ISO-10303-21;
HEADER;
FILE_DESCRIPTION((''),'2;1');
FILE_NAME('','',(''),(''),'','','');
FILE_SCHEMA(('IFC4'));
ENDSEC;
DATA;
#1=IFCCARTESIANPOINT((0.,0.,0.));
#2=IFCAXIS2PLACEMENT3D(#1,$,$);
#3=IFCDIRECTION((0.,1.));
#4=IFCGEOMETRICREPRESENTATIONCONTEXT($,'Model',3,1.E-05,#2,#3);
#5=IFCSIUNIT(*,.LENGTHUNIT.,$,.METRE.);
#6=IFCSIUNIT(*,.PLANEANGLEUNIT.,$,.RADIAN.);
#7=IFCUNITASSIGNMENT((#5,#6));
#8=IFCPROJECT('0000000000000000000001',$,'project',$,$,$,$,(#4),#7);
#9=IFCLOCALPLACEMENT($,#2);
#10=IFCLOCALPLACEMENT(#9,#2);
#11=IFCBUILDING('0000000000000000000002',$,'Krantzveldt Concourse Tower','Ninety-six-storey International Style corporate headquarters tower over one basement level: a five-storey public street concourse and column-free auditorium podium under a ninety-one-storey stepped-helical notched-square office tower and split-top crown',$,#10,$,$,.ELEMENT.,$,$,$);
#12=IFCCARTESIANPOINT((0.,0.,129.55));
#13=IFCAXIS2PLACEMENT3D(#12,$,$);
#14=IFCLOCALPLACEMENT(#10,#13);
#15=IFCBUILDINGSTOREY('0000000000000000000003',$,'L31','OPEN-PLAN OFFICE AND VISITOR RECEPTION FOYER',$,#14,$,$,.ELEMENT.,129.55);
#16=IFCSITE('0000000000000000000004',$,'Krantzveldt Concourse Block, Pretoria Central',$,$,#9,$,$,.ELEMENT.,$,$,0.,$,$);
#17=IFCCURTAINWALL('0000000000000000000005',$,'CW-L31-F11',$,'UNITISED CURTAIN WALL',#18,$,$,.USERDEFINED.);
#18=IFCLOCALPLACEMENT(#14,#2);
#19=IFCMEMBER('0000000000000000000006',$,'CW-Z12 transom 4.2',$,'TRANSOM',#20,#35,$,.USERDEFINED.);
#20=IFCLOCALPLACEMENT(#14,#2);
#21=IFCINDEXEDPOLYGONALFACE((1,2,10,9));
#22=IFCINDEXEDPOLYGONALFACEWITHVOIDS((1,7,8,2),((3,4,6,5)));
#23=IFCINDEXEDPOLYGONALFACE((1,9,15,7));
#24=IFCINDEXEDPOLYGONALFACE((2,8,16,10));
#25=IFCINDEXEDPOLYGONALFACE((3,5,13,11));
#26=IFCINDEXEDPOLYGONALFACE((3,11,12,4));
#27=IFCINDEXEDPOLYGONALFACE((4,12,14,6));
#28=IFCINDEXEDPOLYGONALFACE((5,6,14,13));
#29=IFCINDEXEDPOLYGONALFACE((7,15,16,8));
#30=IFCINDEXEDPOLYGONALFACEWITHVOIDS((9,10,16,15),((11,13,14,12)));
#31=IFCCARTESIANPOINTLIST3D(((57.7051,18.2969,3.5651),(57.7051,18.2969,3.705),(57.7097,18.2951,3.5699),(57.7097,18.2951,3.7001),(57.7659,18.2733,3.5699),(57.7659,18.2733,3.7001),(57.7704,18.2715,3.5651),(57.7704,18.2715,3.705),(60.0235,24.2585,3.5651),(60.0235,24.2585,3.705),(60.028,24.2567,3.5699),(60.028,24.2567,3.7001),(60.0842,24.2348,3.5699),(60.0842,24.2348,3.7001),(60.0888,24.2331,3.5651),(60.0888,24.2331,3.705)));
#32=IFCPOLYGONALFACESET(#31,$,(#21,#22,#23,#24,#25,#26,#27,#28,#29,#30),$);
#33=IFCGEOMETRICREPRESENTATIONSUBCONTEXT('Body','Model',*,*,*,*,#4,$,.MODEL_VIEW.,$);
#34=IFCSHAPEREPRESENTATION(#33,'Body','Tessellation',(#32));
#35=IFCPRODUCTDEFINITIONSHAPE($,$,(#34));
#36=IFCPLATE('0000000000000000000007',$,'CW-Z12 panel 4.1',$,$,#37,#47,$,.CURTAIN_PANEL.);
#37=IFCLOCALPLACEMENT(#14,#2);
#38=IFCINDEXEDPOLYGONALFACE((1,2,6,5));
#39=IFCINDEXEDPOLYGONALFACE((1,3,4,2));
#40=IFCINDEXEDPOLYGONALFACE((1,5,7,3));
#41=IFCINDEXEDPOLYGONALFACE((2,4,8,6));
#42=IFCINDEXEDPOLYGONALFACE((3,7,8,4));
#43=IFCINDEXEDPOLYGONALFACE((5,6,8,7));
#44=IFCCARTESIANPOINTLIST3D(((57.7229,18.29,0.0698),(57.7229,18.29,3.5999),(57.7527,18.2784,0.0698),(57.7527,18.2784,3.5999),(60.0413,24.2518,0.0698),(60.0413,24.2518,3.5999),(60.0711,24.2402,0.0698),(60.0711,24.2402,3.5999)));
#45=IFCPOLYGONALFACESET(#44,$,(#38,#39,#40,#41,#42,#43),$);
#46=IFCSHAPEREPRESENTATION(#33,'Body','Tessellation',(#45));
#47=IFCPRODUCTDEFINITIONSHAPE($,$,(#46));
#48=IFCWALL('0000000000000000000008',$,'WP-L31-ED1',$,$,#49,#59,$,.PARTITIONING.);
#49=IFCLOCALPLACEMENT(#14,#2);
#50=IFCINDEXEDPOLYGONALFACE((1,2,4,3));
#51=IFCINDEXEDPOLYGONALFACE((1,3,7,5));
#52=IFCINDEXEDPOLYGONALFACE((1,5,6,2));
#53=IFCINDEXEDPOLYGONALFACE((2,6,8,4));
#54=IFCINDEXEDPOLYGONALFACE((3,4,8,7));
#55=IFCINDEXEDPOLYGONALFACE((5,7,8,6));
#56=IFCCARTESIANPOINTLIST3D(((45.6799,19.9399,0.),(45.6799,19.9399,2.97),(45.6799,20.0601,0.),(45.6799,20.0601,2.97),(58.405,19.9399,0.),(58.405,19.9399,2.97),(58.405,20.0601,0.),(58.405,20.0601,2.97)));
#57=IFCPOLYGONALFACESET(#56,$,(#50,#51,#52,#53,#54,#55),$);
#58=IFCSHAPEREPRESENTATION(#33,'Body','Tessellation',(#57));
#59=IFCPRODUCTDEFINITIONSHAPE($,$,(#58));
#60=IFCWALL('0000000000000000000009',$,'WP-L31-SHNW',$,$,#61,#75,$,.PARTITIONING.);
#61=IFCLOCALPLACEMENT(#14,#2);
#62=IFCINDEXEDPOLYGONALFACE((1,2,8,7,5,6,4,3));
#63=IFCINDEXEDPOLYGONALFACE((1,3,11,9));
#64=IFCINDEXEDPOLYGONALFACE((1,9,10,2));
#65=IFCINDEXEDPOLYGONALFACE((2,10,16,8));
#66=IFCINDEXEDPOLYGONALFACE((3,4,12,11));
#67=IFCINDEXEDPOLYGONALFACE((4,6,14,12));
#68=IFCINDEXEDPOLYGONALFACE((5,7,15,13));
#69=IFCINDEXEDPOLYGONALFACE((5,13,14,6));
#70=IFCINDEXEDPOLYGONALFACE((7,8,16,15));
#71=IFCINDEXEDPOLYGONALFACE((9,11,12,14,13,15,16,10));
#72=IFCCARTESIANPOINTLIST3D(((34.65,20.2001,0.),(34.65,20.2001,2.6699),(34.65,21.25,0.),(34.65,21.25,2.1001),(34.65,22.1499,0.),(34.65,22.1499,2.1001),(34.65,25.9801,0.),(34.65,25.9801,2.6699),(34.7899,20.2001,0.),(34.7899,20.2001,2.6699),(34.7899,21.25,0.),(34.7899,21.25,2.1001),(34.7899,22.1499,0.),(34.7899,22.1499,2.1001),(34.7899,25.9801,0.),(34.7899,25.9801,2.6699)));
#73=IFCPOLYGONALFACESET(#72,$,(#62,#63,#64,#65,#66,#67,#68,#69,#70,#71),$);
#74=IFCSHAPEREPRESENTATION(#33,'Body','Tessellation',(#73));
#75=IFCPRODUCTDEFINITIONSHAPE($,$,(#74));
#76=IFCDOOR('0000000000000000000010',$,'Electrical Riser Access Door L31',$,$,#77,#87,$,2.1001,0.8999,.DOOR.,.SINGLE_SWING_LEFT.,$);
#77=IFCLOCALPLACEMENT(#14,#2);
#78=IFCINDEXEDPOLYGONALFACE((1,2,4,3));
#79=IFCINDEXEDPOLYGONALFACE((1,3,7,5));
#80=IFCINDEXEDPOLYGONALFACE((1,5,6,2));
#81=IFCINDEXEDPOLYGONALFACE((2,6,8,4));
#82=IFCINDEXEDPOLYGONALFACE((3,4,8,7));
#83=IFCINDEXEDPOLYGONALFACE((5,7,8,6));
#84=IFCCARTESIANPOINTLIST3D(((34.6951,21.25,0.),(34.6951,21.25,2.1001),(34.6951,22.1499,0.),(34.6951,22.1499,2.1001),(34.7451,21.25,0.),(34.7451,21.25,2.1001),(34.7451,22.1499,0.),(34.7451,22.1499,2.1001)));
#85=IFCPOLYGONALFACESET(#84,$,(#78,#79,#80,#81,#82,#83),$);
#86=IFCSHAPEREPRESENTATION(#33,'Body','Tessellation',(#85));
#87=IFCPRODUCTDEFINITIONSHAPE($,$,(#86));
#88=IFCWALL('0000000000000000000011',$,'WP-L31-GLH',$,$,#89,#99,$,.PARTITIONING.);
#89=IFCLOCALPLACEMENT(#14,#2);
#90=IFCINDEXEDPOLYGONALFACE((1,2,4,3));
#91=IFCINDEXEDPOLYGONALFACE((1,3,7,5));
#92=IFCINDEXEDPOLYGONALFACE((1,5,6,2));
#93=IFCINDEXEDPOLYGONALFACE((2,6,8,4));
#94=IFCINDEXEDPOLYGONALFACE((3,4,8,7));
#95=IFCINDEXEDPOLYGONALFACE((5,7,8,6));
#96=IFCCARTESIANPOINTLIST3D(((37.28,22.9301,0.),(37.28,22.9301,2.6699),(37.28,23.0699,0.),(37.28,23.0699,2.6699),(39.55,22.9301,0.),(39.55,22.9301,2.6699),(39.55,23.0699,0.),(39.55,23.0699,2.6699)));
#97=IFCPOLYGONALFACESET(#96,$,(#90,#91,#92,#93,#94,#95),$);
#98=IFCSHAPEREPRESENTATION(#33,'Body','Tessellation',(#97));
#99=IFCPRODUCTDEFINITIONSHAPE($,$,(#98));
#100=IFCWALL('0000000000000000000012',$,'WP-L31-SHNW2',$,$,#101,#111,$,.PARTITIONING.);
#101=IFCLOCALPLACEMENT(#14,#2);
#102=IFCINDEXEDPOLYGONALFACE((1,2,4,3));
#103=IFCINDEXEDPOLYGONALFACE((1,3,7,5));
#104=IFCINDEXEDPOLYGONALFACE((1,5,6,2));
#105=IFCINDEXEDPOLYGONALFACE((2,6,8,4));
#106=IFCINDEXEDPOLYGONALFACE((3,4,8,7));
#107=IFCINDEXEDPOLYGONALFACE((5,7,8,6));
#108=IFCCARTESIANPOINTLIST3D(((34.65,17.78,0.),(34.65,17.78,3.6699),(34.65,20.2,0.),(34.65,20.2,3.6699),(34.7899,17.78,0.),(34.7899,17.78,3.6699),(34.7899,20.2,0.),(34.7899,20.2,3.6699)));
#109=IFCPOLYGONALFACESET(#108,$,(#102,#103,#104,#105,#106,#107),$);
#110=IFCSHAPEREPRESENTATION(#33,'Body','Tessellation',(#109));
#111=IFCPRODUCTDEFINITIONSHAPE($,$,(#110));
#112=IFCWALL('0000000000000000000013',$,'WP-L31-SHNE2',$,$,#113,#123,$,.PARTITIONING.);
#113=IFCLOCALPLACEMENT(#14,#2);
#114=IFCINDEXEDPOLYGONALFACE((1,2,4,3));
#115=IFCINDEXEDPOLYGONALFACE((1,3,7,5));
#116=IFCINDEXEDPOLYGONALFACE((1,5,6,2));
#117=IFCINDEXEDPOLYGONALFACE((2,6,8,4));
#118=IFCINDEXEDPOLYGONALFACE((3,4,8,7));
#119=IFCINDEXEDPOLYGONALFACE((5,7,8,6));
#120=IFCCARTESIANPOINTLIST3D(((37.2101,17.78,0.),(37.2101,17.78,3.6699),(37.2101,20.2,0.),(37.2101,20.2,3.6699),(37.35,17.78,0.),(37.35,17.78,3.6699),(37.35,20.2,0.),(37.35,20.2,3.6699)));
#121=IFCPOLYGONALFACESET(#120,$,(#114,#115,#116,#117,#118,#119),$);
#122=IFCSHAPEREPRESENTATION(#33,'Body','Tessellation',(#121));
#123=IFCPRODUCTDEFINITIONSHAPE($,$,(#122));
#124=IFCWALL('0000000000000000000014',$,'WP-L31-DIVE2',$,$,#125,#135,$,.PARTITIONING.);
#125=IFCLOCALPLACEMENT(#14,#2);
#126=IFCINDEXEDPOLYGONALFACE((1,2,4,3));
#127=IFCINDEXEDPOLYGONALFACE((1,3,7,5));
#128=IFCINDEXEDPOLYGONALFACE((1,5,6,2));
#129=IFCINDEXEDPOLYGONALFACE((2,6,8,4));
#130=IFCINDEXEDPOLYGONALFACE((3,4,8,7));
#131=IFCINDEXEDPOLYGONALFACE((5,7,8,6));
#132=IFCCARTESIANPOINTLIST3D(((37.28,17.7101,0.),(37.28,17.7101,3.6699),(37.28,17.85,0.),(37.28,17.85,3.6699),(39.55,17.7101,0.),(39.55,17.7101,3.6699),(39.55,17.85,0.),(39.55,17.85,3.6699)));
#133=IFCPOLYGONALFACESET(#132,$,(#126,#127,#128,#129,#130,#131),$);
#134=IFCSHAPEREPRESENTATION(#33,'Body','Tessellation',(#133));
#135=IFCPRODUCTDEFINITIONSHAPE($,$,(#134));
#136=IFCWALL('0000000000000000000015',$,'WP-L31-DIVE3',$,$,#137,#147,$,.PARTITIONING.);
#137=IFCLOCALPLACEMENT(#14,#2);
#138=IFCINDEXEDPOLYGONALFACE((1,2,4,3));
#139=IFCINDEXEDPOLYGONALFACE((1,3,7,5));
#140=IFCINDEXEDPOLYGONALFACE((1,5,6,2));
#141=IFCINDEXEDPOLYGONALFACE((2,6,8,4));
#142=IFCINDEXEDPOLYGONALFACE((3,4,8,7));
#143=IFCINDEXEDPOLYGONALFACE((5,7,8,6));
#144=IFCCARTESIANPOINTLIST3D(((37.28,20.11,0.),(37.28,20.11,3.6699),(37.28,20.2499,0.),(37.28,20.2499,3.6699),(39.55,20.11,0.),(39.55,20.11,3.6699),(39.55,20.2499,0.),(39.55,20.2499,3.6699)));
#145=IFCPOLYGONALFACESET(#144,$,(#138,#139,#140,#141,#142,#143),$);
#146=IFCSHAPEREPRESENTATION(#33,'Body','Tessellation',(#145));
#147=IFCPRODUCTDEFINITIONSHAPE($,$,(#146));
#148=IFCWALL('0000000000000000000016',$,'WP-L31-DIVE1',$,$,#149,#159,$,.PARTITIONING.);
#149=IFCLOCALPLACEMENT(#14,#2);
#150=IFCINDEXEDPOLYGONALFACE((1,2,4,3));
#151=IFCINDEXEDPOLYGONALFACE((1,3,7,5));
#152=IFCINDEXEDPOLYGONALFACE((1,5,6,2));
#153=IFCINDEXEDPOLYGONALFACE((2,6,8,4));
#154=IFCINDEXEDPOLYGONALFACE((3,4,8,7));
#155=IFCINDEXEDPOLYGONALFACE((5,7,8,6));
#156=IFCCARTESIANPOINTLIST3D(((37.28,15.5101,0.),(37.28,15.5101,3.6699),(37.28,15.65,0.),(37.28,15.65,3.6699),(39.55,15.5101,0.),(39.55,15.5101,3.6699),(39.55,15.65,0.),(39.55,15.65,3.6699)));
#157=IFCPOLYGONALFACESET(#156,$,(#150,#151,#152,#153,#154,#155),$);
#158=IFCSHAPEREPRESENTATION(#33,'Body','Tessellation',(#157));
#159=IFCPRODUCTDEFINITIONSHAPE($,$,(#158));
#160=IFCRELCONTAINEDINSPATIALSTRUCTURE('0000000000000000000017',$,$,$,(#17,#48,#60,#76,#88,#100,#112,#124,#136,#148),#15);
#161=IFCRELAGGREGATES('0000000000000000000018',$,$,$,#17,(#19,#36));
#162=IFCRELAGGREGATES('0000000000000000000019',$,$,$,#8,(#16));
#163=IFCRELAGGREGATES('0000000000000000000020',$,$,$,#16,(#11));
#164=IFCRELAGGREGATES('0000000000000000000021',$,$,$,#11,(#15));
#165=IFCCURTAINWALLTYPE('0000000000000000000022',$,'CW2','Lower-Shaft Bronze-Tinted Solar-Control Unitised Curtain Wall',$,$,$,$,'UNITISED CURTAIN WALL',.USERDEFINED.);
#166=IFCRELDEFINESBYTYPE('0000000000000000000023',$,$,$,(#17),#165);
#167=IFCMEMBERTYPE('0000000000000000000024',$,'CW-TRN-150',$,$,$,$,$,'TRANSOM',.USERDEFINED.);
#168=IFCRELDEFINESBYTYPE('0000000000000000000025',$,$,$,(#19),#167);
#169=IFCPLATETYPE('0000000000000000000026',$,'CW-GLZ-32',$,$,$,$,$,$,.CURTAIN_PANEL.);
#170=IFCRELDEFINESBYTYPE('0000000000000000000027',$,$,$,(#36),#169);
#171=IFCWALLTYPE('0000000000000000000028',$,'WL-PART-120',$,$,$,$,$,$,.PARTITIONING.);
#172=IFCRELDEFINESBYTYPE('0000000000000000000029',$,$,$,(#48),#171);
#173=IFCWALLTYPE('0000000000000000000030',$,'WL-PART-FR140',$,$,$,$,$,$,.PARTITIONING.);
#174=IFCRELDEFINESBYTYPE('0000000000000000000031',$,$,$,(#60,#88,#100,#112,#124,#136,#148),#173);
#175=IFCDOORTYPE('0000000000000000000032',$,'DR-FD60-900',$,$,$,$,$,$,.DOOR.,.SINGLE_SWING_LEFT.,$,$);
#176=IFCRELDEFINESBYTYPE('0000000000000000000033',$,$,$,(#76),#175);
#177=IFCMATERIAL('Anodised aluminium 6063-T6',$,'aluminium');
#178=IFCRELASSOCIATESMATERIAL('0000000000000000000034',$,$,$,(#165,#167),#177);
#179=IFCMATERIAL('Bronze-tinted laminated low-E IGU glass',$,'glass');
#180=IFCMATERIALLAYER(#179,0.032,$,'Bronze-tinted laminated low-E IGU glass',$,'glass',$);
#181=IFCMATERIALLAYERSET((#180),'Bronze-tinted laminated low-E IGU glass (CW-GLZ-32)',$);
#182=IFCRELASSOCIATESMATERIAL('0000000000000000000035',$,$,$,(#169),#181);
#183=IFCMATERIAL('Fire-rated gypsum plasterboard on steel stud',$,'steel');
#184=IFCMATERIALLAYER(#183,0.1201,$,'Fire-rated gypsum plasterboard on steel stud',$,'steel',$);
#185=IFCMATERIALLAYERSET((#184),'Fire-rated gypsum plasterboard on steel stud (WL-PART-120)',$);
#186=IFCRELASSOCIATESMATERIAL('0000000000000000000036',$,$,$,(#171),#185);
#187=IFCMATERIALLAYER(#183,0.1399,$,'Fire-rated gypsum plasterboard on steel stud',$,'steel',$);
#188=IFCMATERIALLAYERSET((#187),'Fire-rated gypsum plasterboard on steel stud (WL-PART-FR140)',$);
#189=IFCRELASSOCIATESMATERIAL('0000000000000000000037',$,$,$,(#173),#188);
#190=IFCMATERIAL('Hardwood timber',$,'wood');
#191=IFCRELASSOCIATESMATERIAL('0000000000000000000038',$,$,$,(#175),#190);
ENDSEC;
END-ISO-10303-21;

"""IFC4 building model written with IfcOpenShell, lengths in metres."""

from ifc_helpers import new_model, si_unit, direction, frame, frame_2d, origin, origin_2d, place, context, subcontext, project, spatial, rectangle, hollow_rectangle, extrude, source, transform, mapped, material, layer, layer_set, material_profile, profile_set, type_object, type_shapes, element, fill, aggregate, save


model = new_model("IFC4")

# Units and contexts
model_context = context("Model", 3, precision=1e-05, world=origin(), true_north=direction((0.0, 1.0)))
body_context = subcontext(model_context, "Body", "Model", "MODEL_VIEW")
ifc_project = project(units=[si_unit("LENGTHUNIT", "METRE"), si_unit("PLANEANGLEUNIT", "RADIAN")], contexts=[model_context])

# Site, building, storey
site_placement = place(None, origin())
site = spatial("IfcSite", under=ifc_project, at=site_placement, Name="Krantzveldt Concourse Block, Pretoria Central", CompositionType="ELEMENT", RefElevation=0.0)
building_placement = place(site_placement, origin())
building = spatial("IfcBuilding", under=site, at=building_placement, Name="Krantzveldt Concourse Tower", Description="Ninety-six-storey International Style corporate headquarters tower over one basement level: a five-storey public street concourse and column-free auditorium podium under a ninety-one-storey stepped-helical notched-square office tower and split-top crown", CompositionType="ELEMENT")
storey_placement = place(building_placement, frame((0.0, 0.0, 129.55)))
storey = spatial("IfcBuildingStorey", under=building, at=storey_placement, Name="L31", Description="OPEN-PLAN OFFICE AND VISITOR RECEPTION FOYER", CompositionType="ELEMENT", Elevation=129.55)

# Curtain wall, member, plate
ifc_material_1 = material(Name="Anodised aluminium 6063-T6", Category="aluminium")
curtain_wall_type = type_object("IfcCurtainWallType", Name="CW2", Description="Lower-Shaft Bronze-Tinted Solar-Control Unitised Curtain Wall", ElementType="UNITISED CURTAIN WALL", PredefinedType="USERDEFINED", material=ifc_material_1)
curtain_wall_placement = place(storey_placement, origin())
curtain_wall = element("IfcCurtainWall", 1, at=curtain_wall_placement, inside=storey, type_object=curtain_wall_type, Name="CW-L31-F11", ObjectType="UNITISED CURTAIN WALL", PredefinedType="USERDEFINED")
ifc_material_profile_1 = material_profile(ifc_material_1, hollow_rectangle(XDim=0.0701, YDim=0.1399, WallThickness=0.0049, at=origin_2d()), Name="Anodised aluminium 6063-T6", Category="aluminium")
ifc_profile_set_1 = profile_set([ifc_material_profile_1], Name="Anodised aluminium 6063-T6 - ALU-TRAN 140x70x5")
member_type_1 = type_object("IfcMemberType", Name="CW-TRN-150", ElementType="TRANSOM", PredefinedType="USERDEFINED", material=ifc_profile_set_1)
shared_shape_1 = source(origin(), body_context, "Body", "SweptSolid", [
    extrude(hollow_rectangle(XDim=0.0701, YDim=0.1399, WallThickness=0.0049, at=origin_2d()), origin(), (0.0, 0.0, 1.0), 6.3965),
])
type_shapes(member_type_1, [shared_shape_1])
member_1_placement = place(storey_placement, frame((57.7378, 18.2842, 3.635), z_axis=(0.362437, 0.932008, 0.0), x_axis=(-0.932008, 0.362437, 0.0)))
member_1 = element("IfcMember", 2, at=member_1_placement, type_object=member_type_1, Name="CW-Z12 transom 4.2", ObjectType="TRANSOM", PredefinedType="USERDEFINED", context=body_context, shape_type="MappedRepresentation", body=[
    mapped(shared_shape_1, transform((0.0, 0.0, 0.0), x_axis=(1.0, 0.0, 0.0), y_axis=(0.0, 1.0, 0.0), z_axis=(0.0, 0.0, 1.0), scale=1.0)),
])
ifc_material_2 = material(Name="Bronze-tinted laminated low-E IGU glass", Category="glass")
ifc_layer_1 = layer(ifc_material_2, 0.032, Name="Bronze-tinted laminated low-E IGU glass", Category="glass")
ifc_layer_set_1 = layer_set([ifc_layer_1], Name="Bronze-tinted laminated low-E IGU glass (CW-GLZ-32)")
plate_type = type_object("IfcPlateType", Name="CW-GLZ-32", PredefinedType="CURTAIN_PANEL", material=ifc_layer_set_1)
shared_shape_2 = source(origin(), body_context, "Body", "SweptSolid", [
    extrude(rectangle(XDim=6.3967, YDim=0.032, at=origin_2d()), origin(), (0.0, 0.0, 1.0), 3.53),
])
type_shapes(plate_type, [shared_shape_2])
plate_placement = place(storey_placement, frame((58.897, 21.2651, 0.0698), z_axis=(0.0, 0.0, 1.0), x_axis=(0.362438, 0.932008, 0.0)))
plate = element("IfcPlate", 3, at=plate_placement, type_object=plate_type, Name="CW-Z12 panel 4.1", PredefinedType="CURTAIN_PANEL", context=body_context, shape_type="MappedRepresentation", body=[
    mapped(shared_shape_2, transform((0.0, 0.0, 0.0), x_axis=(1.0, 0.0, 0.0), y_axis=(0.0, 1.0, 0.0), z_axis=(0.0, 0.0, 1.0), scale=1.0)),
])
aggregate(curtain_wall, [member_1, plate])

# Wall
ifc_material_3 = material(Name="Fire-rated gypsum plasterboard on steel stud", Category="steel")
ifc_layer_2 = layer(ifc_material_3, 0.1201, Name="Fire-rated gypsum plasterboard on steel stud", Category="steel")
ifc_layer_set_2 = layer_set([ifc_layer_2], Name="Fire-rated gypsum plasterboard on steel stud (WL-PART-120)")
wall_type_1 = type_object("IfcWallType", Name="WL-PART-120", PredefinedType="PARTITIONING", material=ifc_layer_set_2)
wall_1_placement = place(storey_placement, frame((45.6799, 20.0, 0.0), z_axis=(0.0, 0.0, 1.0), x_axis=(1.0, 0.0, 0.0)))
element("IfcWall", 4, at=wall_1_placement, inside=storey, type_object=wall_type_1, Name="WP-L31-ED1", PredefinedType="PARTITIONING", context=body_context, shape_type="SweptSolid", body=[
    extrude(rectangle(XDim=12.7251, YDim=0.1201, at=frame_2d((6.3625, 0.0))), origin(), (0.0, 0.0, 1.0), 2.97),
])

# Wall, opening, door
ifc_layer_3 = layer(ifc_material_3, 0.1399, Name="Fire-rated gypsum plasterboard on steel stud", Category="steel")
ifc_layer_set_3 = layer_set([ifc_layer_3], Name="Fire-rated gypsum plasterboard on steel stud (WL-PART-FR140)")
wall_type_2 = type_object("IfcWallType", Name="WL-PART-FR140", PredefinedType="PARTITIONING", material=ifc_layer_set_3)
wall_2_placement = place(storey_placement, frame((34.72, 20.2, 0.0), z_axis=(0.0, 0.0, 1.0), x_axis=(0.0, 1.0, 0.0)))
wall_2 = element("IfcWall", 5, at=wall_2_placement, inside=storey, type_object=wall_type_2, Name="WP-L31-SHNW", PredefinedType="PARTITIONING", context=body_context, shape_type="SweptSolid", body=[
    extrude(rectangle(XDim=5.78, YDim=0.1399, at=frame_2d((2.8901, 0.0))), origin(), (0.0, 0.0, 1.0), 2.6699),
])
opening_1_placement = place(wall_2_placement, frame((1.05, 0.0, 0.0)))
opening_1 = element("IfcOpeningElement", 6, at=opening_1_placement, cuts=wall_2, PredefinedType="OPENING", context=body_context, shape_type="SweptSolid", body=[
    extrude(rectangle(XDim=0.8999, YDim=2.1001, at=frame_2d((0.45, 1.05))), frame((0.0, 0.0801, 0.0), z_axis=(0.0, -1.0, 0.0), x_axis=(1.0, 0.0, 0.0)), (0.0, 0.0, 1.0), 0.1599),
])
ifc_material_4 = material(Name="Hardwood timber", Category="wood")
door_type_1 = type_object("IfcDoorType", Name="DR-FD60-900", OperationType="SINGLE_SWING_LEFT", PredefinedType="DOOR", material=ifc_material_4)
door_1_placement = place(opening_1_placement, origin())
door_1 = element("IfcDoor", 7, at=door_1_placement, inside=storey, type_object=door_type_1, Name="Electrical Riser Access Door L31", OperationType="SINGLE_SWING_LEFT", OverallHeight=2.1001, OverallWidth=0.8999, PredefinedType="DOOR", context=body_context, shape_type="SweptSolid", body=[
    extrude(rectangle(XDim=0.8999, YDim=2.1001, at=frame_2d((0.45, 1.05))), frame((0.0, 0.0249, 0.0), z_axis=(0.0, -1.0, 0.0), x_axis=(1.0, 0.0, 0.0)), (0.0, 0.0, 1.0), 0.05),
])
fill(opening_1, door_1)

# Walls
wall_3_placement = place(storey_placement, frame((37.28, 23.0, 0.0), z_axis=(0.0, 0.0, 1.0), x_axis=(1.0, 0.0, 0.0)))
element("IfcWall", 8, at=wall_3_placement, inside=storey, type_object=wall_type_2, Name="WP-L31-GLH", PredefinedType="PARTITIONING", context=body_context, shape_type="SweptSolid", body=[
    extrude(rectangle(XDim=2.27, YDim=0.1399, at=frame_2d((1.135, 0.0))), origin(), (0.0, 0.0, 1.0), 2.6699),
])
for number, where, z_axis, x_axis, name in (
    (9, (34.72, 17.78, 0.0), (0.0, 0.0, 1.0), (0.0, 1.0, 0.0), "WP-L31-SHNW2"),
    (10, (37.28, 17.78, 0.0), (0.0, 0.0, 1.0), (0.0, 1.0, 0.0), "WP-L31-SHNE2"),
):
    element("IfcWall", number, at=place(storey_placement, frame(where, z_axis=z_axis, x_axis=x_axis)), inside=storey, type_object=wall_type_2, Name=name, PredefinedType="PARTITIONING", context=body_context, shape_type="SweptSolid", body=[
        extrude(rectangle(XDim=2.4199, YDim=0.1399, at=frame_2d((1.21, 0.0))), origin(), (0.0, 0.0, 1.0), 3.6699),
    ])
for number, where, z_axis, x_axis, name in (
    (11, (37.28, 17.78, 0.0), (0.0, 0.0, 1.0), (1.0, 0.0, 0.0), "WP-L31-DIVE2"),
    (12, (37.28, 20.1799, 0.0), (0.0, 0.0, 1.0), (1.0, 0.0, 0.0), "WP-L31-DIVE3"),
    (13, (37.28, 15.5801, 0.0), (0.0, 0.0, 1.0), (1.0, 0.0, 0.0), "WP-L31-DIVE1"),
):
    element("IfcWall", number, at=place(storey_placement, frame(where, z_axis=z_axis, x_axis=x_axis)), inside=storey, type_object=wall_type_2, Name=name, PredefinedType="PARTITIONING", context=body_context, shape_type="SweptSolid", body=[
        extrude(rectangle(XDim=2.27, YDim=0.1399, at=frame_2d((1.135, 0.0))), origin(), (0.0, 0.0, 1.0), 3.6699),
    ])

save(model, "model.ifc")
